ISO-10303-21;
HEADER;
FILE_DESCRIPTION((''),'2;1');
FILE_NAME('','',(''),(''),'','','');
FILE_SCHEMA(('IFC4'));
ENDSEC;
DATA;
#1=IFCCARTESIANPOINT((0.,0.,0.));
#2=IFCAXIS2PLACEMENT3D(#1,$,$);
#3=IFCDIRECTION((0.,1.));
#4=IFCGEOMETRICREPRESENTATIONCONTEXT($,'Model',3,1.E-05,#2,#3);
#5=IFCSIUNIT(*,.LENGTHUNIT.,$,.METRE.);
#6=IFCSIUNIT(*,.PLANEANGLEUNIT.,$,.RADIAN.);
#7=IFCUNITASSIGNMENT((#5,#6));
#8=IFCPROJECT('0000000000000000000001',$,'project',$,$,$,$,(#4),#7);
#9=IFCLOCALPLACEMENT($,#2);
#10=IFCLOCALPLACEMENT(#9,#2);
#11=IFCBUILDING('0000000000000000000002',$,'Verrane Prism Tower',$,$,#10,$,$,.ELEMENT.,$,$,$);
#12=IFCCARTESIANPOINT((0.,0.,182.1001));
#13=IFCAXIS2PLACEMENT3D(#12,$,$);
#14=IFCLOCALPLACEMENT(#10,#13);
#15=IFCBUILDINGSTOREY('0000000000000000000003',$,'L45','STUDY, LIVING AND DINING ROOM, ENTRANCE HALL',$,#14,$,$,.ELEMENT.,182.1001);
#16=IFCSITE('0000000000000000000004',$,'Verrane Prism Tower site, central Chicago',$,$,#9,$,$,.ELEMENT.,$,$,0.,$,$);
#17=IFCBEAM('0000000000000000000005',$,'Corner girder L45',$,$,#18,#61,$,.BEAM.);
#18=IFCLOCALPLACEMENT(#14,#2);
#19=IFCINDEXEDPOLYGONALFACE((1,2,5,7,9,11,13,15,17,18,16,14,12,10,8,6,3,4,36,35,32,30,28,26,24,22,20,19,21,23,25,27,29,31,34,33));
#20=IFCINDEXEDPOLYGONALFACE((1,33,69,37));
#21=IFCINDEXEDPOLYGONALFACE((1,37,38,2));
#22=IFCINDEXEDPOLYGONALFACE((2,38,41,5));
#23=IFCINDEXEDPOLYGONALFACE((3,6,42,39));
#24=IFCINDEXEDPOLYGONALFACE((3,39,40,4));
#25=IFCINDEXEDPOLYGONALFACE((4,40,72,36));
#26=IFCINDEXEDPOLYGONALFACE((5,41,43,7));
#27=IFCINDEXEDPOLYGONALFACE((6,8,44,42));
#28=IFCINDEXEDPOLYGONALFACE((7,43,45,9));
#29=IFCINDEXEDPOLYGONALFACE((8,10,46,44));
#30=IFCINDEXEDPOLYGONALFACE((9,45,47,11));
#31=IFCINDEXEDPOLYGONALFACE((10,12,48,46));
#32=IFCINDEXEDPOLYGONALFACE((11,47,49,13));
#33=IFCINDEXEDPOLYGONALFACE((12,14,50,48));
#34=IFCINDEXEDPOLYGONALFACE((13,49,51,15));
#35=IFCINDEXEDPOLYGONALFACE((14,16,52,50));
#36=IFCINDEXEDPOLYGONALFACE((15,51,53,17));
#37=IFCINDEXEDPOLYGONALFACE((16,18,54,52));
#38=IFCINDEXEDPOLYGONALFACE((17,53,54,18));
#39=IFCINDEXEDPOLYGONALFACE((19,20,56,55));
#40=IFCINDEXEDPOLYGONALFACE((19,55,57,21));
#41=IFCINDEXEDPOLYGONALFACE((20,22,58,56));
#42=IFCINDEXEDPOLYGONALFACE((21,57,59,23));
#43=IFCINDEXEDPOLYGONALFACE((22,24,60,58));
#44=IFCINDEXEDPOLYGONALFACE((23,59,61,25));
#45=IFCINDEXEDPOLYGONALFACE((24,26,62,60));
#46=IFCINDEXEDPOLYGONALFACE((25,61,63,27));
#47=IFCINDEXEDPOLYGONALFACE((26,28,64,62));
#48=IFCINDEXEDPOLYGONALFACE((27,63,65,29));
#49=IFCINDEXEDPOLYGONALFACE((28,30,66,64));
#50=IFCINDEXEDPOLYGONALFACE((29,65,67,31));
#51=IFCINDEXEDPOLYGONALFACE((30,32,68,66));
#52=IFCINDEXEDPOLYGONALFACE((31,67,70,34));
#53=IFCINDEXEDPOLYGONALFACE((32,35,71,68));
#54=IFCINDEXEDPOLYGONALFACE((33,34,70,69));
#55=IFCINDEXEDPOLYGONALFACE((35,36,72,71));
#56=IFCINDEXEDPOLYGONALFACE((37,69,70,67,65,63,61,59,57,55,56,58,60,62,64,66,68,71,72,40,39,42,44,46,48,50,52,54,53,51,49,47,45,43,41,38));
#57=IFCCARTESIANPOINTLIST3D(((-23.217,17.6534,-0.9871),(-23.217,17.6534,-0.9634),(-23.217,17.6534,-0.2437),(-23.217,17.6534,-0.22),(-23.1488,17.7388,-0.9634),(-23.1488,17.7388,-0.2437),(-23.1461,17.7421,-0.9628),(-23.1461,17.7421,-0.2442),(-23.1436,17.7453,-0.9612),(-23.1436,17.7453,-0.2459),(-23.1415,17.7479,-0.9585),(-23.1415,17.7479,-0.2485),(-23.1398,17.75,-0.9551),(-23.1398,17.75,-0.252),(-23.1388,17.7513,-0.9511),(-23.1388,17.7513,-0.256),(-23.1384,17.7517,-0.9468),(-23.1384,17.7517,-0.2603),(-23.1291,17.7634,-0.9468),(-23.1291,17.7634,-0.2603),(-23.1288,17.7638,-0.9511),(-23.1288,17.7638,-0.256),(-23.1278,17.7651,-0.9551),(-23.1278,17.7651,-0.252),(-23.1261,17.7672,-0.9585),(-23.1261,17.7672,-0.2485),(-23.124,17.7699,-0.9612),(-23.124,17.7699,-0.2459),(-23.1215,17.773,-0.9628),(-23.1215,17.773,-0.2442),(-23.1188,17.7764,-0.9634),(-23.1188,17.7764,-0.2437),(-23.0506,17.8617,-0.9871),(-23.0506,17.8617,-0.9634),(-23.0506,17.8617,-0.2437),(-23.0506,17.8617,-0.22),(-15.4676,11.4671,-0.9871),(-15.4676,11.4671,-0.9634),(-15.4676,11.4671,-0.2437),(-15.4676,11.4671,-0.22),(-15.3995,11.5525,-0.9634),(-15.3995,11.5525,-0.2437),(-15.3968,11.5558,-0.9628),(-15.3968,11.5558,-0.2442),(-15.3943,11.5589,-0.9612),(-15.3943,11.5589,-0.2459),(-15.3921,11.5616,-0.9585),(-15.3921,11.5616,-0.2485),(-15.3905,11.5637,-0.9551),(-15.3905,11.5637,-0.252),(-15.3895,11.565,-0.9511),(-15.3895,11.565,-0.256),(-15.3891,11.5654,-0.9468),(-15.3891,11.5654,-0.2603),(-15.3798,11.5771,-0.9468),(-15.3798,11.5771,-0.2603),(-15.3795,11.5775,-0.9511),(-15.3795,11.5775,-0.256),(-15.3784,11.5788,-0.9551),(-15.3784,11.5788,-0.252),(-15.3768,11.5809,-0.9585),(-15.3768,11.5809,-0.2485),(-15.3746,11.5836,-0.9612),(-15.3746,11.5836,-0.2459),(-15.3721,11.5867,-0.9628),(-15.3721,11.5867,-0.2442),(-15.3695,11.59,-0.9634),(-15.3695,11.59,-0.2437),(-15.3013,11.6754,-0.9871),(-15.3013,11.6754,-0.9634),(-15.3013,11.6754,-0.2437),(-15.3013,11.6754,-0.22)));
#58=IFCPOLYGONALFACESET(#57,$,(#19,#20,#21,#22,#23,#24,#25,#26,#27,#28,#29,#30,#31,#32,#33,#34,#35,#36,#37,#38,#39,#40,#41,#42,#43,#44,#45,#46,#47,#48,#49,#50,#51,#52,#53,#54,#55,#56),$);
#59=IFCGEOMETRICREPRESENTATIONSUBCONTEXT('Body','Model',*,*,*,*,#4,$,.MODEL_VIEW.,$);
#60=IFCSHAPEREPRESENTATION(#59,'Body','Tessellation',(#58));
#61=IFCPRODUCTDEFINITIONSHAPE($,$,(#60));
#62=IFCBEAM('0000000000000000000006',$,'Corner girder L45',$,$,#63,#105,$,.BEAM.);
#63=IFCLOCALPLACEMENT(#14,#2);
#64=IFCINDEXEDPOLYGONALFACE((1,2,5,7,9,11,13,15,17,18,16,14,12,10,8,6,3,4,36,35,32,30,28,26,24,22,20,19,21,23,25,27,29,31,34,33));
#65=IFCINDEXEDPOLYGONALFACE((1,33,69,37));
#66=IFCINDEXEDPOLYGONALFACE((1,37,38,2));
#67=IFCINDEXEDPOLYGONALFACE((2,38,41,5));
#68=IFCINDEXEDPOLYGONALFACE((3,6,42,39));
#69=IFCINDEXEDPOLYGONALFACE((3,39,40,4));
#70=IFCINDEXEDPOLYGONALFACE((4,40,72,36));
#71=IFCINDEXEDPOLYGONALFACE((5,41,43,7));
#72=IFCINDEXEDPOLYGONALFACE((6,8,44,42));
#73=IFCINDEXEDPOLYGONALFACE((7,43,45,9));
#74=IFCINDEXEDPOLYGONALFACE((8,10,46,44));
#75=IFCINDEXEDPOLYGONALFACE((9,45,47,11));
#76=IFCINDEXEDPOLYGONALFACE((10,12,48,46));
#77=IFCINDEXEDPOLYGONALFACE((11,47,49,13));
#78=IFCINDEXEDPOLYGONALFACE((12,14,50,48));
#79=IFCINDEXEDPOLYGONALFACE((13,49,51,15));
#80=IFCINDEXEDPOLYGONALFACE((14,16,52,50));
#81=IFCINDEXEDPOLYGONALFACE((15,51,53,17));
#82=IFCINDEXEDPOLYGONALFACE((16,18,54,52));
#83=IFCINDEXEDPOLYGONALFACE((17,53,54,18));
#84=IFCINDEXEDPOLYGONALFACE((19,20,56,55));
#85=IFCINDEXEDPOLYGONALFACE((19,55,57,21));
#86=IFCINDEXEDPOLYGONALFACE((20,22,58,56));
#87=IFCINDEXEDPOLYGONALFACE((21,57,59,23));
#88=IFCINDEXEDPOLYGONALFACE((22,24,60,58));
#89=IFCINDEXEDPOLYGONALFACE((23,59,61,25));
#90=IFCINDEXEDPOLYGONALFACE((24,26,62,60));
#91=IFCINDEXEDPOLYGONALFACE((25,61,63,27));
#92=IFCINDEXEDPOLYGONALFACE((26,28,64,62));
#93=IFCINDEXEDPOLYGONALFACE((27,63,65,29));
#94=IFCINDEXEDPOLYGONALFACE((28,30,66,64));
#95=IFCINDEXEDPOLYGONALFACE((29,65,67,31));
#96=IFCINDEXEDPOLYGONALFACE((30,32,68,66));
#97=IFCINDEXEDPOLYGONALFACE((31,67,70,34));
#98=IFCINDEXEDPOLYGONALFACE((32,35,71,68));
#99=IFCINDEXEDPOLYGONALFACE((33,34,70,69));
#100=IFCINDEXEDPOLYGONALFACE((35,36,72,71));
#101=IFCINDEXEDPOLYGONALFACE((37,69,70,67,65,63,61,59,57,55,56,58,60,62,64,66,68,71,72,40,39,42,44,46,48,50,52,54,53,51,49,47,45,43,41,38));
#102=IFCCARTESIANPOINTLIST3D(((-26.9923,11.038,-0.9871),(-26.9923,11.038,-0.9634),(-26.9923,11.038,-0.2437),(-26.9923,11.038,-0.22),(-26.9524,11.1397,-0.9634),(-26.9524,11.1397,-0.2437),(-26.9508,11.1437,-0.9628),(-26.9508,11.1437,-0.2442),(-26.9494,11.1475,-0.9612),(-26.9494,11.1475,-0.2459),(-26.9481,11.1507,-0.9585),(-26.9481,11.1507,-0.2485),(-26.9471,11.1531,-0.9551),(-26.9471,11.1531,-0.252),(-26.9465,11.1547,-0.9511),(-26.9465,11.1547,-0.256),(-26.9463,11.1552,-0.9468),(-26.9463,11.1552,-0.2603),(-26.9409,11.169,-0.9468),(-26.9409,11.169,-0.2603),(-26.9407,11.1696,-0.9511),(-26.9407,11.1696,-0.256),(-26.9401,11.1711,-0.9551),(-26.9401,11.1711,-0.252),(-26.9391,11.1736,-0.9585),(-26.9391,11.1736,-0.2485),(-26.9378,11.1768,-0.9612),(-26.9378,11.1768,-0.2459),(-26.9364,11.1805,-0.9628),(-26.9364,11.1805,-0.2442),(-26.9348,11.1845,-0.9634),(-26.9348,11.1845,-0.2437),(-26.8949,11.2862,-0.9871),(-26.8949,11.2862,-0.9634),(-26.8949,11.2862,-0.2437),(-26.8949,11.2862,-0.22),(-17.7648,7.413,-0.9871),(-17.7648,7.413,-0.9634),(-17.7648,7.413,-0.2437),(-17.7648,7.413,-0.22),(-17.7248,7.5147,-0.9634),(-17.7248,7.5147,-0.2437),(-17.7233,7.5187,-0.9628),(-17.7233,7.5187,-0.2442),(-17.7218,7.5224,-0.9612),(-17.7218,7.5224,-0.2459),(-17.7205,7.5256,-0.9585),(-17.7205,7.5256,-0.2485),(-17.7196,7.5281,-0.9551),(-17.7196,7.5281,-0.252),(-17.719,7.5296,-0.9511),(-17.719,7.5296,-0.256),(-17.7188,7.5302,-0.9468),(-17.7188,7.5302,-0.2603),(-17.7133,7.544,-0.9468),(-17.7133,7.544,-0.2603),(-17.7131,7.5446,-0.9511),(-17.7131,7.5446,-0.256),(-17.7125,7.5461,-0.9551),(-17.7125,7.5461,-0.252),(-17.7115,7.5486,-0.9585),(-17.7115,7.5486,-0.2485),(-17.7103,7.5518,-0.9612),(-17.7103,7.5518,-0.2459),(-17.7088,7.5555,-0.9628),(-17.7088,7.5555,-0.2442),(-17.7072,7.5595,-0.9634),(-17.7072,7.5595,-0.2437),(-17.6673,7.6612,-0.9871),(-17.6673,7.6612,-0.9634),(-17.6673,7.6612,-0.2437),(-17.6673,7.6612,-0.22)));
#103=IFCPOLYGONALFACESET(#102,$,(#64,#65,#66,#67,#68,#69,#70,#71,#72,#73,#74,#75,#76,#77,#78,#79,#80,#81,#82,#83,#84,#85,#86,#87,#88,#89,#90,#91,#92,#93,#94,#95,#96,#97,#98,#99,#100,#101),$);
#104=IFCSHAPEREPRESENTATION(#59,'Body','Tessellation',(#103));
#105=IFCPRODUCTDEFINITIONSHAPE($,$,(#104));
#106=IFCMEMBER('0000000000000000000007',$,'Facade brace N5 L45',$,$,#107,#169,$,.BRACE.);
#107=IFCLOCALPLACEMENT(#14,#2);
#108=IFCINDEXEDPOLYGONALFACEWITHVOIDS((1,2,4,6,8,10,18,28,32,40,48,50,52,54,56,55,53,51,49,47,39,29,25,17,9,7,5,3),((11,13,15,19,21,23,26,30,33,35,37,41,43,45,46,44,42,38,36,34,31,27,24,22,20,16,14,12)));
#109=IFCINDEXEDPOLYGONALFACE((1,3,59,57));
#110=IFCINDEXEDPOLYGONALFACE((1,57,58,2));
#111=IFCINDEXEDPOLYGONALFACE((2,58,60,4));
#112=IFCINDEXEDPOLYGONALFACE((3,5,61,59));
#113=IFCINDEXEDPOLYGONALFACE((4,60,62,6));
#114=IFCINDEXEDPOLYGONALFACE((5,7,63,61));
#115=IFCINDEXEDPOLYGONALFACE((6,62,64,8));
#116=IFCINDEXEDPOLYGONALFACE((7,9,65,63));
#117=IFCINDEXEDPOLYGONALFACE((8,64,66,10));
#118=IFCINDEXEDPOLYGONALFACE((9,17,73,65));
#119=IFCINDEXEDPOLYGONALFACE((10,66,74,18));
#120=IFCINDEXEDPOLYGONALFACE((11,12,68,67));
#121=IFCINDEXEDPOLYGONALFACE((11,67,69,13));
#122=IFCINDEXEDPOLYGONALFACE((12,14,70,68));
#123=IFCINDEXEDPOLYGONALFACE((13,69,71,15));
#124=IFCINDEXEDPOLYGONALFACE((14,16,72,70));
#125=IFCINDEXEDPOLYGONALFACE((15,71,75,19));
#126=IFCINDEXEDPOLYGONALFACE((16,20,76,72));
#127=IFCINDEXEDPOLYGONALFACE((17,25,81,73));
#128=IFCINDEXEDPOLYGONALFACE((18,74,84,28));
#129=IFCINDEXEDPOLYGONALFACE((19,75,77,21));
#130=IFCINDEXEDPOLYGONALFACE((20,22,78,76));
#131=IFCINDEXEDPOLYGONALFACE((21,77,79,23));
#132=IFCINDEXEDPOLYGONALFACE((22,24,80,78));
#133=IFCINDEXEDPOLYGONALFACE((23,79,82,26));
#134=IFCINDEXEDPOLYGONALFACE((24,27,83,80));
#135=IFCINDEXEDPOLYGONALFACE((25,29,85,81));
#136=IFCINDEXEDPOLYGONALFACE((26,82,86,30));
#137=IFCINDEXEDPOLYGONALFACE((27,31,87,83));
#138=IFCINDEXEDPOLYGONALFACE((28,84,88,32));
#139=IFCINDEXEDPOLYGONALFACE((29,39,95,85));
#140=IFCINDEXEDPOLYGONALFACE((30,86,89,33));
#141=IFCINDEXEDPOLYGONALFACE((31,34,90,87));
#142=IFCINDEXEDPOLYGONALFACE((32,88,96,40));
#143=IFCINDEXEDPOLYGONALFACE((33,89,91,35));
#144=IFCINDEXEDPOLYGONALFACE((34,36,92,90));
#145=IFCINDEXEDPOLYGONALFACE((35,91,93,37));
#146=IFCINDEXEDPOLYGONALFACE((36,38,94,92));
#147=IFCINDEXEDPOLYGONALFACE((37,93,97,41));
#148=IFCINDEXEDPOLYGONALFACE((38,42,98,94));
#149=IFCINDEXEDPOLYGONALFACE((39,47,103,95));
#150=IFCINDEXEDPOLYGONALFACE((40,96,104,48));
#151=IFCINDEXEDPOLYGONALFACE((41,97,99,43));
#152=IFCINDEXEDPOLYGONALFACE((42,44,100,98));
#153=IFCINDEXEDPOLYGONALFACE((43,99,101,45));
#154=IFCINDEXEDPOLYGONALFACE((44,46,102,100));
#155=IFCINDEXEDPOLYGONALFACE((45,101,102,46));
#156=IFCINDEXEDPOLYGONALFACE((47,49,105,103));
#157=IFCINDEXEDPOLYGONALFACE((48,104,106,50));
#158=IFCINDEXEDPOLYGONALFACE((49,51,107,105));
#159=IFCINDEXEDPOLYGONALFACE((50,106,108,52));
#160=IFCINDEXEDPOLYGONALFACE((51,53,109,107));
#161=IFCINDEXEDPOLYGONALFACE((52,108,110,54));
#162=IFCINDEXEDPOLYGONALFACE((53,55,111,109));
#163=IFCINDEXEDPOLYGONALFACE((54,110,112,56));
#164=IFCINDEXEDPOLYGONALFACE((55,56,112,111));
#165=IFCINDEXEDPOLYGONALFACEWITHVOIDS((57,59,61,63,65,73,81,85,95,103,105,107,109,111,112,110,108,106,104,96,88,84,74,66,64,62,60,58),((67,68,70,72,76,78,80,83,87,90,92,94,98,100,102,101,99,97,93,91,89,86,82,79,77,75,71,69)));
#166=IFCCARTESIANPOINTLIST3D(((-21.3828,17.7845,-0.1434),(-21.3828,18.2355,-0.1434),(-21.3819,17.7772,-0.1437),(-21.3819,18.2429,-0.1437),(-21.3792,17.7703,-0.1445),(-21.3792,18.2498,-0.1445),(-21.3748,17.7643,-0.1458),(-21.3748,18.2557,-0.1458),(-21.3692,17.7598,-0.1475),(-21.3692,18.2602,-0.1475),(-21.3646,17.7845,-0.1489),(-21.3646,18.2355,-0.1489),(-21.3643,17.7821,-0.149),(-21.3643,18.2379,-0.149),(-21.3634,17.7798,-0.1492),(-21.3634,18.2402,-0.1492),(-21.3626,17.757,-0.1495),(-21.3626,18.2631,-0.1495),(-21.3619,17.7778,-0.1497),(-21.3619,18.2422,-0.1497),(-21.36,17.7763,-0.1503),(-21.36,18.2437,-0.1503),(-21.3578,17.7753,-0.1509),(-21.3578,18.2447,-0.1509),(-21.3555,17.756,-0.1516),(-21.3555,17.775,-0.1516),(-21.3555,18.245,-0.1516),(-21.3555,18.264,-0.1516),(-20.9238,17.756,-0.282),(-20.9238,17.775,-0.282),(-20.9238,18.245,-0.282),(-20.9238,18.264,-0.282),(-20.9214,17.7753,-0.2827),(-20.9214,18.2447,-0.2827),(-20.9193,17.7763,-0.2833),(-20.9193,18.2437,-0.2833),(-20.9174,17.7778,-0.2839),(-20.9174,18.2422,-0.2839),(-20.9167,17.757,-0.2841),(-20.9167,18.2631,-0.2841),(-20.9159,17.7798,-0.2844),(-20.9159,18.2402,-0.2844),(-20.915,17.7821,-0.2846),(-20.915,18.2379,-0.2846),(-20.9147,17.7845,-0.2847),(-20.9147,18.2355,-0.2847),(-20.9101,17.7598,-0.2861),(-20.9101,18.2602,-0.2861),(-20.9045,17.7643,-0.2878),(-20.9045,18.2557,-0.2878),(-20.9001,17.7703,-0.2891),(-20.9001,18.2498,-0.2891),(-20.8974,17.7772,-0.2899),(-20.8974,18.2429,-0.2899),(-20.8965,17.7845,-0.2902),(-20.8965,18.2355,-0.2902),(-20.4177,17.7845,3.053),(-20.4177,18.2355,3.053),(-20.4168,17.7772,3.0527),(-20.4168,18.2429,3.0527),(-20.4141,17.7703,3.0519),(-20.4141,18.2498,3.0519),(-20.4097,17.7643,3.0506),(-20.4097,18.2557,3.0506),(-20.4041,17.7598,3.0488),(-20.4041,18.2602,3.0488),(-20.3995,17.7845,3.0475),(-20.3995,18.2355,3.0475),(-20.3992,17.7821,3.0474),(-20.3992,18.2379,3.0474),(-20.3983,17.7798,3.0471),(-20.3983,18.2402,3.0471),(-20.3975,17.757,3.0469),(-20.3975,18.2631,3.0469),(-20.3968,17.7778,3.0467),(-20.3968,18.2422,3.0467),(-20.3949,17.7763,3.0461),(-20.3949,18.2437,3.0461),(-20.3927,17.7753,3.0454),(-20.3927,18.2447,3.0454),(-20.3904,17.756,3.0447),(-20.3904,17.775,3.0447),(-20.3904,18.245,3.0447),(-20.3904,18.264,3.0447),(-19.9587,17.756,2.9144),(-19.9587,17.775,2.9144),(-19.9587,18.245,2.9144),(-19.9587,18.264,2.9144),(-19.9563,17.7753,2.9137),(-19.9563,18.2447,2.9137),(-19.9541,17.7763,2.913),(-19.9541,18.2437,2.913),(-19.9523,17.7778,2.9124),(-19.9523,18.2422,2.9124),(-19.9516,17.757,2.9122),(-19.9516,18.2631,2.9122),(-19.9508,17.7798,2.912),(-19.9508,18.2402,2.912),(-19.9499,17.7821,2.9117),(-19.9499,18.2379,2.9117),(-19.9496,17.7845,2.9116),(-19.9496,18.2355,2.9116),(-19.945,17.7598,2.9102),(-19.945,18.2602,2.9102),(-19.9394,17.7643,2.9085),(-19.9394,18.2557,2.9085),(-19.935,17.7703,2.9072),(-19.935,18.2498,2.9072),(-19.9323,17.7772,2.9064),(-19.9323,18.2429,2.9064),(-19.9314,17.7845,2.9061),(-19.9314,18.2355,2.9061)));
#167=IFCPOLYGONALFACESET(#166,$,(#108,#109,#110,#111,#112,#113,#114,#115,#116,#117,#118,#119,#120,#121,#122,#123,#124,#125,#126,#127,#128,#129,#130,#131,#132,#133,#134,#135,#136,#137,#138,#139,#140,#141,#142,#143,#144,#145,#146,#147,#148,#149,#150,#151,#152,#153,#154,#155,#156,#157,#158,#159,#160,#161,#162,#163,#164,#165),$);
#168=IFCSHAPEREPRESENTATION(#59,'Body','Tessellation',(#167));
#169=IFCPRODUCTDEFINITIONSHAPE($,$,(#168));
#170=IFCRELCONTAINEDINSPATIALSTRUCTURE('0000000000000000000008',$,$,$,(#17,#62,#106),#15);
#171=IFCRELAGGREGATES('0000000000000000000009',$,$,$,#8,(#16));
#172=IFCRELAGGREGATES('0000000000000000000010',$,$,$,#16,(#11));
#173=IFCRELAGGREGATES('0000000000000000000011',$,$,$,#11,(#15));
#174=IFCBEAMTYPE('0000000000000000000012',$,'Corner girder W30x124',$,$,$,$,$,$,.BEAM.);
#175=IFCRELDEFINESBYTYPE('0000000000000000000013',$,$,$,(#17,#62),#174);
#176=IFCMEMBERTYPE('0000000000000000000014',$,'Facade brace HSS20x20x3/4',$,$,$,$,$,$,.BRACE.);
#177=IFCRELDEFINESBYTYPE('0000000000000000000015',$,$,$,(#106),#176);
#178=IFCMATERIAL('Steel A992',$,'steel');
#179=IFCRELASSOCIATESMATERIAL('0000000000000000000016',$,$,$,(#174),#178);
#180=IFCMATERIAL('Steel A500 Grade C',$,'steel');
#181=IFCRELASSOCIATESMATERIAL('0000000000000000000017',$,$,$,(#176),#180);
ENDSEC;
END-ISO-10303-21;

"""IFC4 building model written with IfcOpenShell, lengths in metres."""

from ifc_helpers import new_model, si_unit, direction, frame, origin, origin_2d, place, context, subcontext, project, spatial, hollow_rectangle, i_section, extrude, material, material_profile, profile_set, type_object, element, save


model = new_model("IFC4")

# Units and contexts
model_context = context("Model", 3, precision=1e-05, world=origin(), true_north=direction((0.0, 1.0)))
body_context = subcontext(model_context, "Body", "Model", "MODEL_VIEW")
ifc_project = project(units=[si_unit("LENGTHUNIT", "METRE"), si_unit("PLANEANGLEUNIT", "RADIAN")], contexts=[model_context])

# Site, building, storey
site_placement = place(None, origin())
site = spatial("IfcSite", under=ifc_project, at=site_placement, Name="Verrane Prism Tower site, central Chicago", CompositionType="ELEMENT", RefElevation=0.0)
building_placement = place(site_placement, origin())
building = spatial("IfcBuilding", under=site, at=building_placement, Name="Verrane Prism Tower", CompositionType="ELEMENT")
storey_placement = place(building_placement, frame((0.0, 0.0, 182.1001)))
storey = spatial("IfcBuildingStorey", under=building, at=storey_placement, Name="L45", Description="STUDY, LIVING AND DINING ROOM, ENTRANCE HALL", CompositionType="ELEMENT", Elevation=182.1001)

# Beams
ifc_material_1 = material(Name="Steel A992", Category="steel")
ifc_material_profile_1 = material_profile(ifc_material_1, i_section(OverallWidth=0.2666, OverallDepth=0.7671, WebThickness=0.0149, FlangeThickness=0.0237, FilletRadius=0.0166, at=origin_2d()), Name="W30x124")
ifc_profile_set_1 = profile_set([ifc_material_profile_1], Name="Steel A992")
beam_type_1 = type_object("IfcBeamType", Name="Corner girder W30x124", PredefinedType="BEAM", material=ifc_profile_set_1)
beam_1_placement = place(storey_placement, frame((-23.1338, 17.7576, -0.6035), z_axis=(0.781515, -0.623887, 0.0), x_axis=(0.623887, 0.781515, 0.0)))
element("IfcBeam", 1, at=beam_1_placement, inside=storey, type_object=beam_type_1, Name="Corner girder L45", PredefinedType="BEAM", context=body_context, shape_type="SweptSolid", body=[
    extrude(i_section(OverallWidth=0.2666, OverallDepth=0.7671, WebThickness=0.0149, FlangeThickness=0.0237, FilletRadius=0.0166, at=origin_2d()), origin(), (0.0, 0.0, 1.0), 9.9158),
])
beam_2_placement = place(storey_placement, frame((-26.9436, 11.1621, -0.6035), z_axis=(0.930755, -0.365643, 0.0), x_axis=(0.365643, 0.930755, 0.0)))
element("IfcBeam", 2, at=beam_2_placement, inside=storey, type_object=beam_type_1, Name="Corner girder L45", PredefinedType="BEAM", context=body_context, shape_type="SweptSolid", body=[
    extrude(i_section(OverallWidth=0.2666, OverallDepth=0.7671, WebThickness=0.0149, FlangeThickness=0.0237, FilletRadius=0.0166, at=origin_2d()), origin(), (0.0, 0.0, 1.0), 9.9141),
])

# Member
ifc_material_2 = material(Name="Steel A500 Grade C", Category="steel")
ifc_material_profile_2 = material_profile(ifc_material_2, hollow_rectangle(XDim=0.5081, YDim=0.5081, WallThickness=0.019, InnerFilletRadius=0.0095, OuterFilletRadius=0.0286, at=origin_2d()), Name="HSS20x20x3/4")
ifc_profile_set_2 = profile_set([ifc_material_profile_2], Name="Steel A500 Grade C")
member_type_1 = type_object("IfcMemberType", Name="Facade brace HSS20x20x3/4", PredefinedType="BRACE", material=ifc_profile_set_2)
member_1_placement = place(storey_placement, frame((-21.1396, 18.01, -0.2168), z_axis=(0.289051, 0.0, 0.957314), x_axis=(0.0, 1.0, 0.0)))
element("IfcMember", 3, at=member_1_placement, inside=storey, type_object=member_type_1, Name="Facade brace N5 L45", PredefinedType="BRACE", context=body_context, shape_type="SweptSolid", body=[
    extrude(hollow_rectangle(XDim=0.5081, YDim=0.5081, WallThickness=0.019, InnerFilletRadius=0.0095, OuterFilletRadius=0.0286, at=origin_2d()), origin(), (0.0, 0.0, 1.0), 3.3389),
])

save(model, "model.ifc")
